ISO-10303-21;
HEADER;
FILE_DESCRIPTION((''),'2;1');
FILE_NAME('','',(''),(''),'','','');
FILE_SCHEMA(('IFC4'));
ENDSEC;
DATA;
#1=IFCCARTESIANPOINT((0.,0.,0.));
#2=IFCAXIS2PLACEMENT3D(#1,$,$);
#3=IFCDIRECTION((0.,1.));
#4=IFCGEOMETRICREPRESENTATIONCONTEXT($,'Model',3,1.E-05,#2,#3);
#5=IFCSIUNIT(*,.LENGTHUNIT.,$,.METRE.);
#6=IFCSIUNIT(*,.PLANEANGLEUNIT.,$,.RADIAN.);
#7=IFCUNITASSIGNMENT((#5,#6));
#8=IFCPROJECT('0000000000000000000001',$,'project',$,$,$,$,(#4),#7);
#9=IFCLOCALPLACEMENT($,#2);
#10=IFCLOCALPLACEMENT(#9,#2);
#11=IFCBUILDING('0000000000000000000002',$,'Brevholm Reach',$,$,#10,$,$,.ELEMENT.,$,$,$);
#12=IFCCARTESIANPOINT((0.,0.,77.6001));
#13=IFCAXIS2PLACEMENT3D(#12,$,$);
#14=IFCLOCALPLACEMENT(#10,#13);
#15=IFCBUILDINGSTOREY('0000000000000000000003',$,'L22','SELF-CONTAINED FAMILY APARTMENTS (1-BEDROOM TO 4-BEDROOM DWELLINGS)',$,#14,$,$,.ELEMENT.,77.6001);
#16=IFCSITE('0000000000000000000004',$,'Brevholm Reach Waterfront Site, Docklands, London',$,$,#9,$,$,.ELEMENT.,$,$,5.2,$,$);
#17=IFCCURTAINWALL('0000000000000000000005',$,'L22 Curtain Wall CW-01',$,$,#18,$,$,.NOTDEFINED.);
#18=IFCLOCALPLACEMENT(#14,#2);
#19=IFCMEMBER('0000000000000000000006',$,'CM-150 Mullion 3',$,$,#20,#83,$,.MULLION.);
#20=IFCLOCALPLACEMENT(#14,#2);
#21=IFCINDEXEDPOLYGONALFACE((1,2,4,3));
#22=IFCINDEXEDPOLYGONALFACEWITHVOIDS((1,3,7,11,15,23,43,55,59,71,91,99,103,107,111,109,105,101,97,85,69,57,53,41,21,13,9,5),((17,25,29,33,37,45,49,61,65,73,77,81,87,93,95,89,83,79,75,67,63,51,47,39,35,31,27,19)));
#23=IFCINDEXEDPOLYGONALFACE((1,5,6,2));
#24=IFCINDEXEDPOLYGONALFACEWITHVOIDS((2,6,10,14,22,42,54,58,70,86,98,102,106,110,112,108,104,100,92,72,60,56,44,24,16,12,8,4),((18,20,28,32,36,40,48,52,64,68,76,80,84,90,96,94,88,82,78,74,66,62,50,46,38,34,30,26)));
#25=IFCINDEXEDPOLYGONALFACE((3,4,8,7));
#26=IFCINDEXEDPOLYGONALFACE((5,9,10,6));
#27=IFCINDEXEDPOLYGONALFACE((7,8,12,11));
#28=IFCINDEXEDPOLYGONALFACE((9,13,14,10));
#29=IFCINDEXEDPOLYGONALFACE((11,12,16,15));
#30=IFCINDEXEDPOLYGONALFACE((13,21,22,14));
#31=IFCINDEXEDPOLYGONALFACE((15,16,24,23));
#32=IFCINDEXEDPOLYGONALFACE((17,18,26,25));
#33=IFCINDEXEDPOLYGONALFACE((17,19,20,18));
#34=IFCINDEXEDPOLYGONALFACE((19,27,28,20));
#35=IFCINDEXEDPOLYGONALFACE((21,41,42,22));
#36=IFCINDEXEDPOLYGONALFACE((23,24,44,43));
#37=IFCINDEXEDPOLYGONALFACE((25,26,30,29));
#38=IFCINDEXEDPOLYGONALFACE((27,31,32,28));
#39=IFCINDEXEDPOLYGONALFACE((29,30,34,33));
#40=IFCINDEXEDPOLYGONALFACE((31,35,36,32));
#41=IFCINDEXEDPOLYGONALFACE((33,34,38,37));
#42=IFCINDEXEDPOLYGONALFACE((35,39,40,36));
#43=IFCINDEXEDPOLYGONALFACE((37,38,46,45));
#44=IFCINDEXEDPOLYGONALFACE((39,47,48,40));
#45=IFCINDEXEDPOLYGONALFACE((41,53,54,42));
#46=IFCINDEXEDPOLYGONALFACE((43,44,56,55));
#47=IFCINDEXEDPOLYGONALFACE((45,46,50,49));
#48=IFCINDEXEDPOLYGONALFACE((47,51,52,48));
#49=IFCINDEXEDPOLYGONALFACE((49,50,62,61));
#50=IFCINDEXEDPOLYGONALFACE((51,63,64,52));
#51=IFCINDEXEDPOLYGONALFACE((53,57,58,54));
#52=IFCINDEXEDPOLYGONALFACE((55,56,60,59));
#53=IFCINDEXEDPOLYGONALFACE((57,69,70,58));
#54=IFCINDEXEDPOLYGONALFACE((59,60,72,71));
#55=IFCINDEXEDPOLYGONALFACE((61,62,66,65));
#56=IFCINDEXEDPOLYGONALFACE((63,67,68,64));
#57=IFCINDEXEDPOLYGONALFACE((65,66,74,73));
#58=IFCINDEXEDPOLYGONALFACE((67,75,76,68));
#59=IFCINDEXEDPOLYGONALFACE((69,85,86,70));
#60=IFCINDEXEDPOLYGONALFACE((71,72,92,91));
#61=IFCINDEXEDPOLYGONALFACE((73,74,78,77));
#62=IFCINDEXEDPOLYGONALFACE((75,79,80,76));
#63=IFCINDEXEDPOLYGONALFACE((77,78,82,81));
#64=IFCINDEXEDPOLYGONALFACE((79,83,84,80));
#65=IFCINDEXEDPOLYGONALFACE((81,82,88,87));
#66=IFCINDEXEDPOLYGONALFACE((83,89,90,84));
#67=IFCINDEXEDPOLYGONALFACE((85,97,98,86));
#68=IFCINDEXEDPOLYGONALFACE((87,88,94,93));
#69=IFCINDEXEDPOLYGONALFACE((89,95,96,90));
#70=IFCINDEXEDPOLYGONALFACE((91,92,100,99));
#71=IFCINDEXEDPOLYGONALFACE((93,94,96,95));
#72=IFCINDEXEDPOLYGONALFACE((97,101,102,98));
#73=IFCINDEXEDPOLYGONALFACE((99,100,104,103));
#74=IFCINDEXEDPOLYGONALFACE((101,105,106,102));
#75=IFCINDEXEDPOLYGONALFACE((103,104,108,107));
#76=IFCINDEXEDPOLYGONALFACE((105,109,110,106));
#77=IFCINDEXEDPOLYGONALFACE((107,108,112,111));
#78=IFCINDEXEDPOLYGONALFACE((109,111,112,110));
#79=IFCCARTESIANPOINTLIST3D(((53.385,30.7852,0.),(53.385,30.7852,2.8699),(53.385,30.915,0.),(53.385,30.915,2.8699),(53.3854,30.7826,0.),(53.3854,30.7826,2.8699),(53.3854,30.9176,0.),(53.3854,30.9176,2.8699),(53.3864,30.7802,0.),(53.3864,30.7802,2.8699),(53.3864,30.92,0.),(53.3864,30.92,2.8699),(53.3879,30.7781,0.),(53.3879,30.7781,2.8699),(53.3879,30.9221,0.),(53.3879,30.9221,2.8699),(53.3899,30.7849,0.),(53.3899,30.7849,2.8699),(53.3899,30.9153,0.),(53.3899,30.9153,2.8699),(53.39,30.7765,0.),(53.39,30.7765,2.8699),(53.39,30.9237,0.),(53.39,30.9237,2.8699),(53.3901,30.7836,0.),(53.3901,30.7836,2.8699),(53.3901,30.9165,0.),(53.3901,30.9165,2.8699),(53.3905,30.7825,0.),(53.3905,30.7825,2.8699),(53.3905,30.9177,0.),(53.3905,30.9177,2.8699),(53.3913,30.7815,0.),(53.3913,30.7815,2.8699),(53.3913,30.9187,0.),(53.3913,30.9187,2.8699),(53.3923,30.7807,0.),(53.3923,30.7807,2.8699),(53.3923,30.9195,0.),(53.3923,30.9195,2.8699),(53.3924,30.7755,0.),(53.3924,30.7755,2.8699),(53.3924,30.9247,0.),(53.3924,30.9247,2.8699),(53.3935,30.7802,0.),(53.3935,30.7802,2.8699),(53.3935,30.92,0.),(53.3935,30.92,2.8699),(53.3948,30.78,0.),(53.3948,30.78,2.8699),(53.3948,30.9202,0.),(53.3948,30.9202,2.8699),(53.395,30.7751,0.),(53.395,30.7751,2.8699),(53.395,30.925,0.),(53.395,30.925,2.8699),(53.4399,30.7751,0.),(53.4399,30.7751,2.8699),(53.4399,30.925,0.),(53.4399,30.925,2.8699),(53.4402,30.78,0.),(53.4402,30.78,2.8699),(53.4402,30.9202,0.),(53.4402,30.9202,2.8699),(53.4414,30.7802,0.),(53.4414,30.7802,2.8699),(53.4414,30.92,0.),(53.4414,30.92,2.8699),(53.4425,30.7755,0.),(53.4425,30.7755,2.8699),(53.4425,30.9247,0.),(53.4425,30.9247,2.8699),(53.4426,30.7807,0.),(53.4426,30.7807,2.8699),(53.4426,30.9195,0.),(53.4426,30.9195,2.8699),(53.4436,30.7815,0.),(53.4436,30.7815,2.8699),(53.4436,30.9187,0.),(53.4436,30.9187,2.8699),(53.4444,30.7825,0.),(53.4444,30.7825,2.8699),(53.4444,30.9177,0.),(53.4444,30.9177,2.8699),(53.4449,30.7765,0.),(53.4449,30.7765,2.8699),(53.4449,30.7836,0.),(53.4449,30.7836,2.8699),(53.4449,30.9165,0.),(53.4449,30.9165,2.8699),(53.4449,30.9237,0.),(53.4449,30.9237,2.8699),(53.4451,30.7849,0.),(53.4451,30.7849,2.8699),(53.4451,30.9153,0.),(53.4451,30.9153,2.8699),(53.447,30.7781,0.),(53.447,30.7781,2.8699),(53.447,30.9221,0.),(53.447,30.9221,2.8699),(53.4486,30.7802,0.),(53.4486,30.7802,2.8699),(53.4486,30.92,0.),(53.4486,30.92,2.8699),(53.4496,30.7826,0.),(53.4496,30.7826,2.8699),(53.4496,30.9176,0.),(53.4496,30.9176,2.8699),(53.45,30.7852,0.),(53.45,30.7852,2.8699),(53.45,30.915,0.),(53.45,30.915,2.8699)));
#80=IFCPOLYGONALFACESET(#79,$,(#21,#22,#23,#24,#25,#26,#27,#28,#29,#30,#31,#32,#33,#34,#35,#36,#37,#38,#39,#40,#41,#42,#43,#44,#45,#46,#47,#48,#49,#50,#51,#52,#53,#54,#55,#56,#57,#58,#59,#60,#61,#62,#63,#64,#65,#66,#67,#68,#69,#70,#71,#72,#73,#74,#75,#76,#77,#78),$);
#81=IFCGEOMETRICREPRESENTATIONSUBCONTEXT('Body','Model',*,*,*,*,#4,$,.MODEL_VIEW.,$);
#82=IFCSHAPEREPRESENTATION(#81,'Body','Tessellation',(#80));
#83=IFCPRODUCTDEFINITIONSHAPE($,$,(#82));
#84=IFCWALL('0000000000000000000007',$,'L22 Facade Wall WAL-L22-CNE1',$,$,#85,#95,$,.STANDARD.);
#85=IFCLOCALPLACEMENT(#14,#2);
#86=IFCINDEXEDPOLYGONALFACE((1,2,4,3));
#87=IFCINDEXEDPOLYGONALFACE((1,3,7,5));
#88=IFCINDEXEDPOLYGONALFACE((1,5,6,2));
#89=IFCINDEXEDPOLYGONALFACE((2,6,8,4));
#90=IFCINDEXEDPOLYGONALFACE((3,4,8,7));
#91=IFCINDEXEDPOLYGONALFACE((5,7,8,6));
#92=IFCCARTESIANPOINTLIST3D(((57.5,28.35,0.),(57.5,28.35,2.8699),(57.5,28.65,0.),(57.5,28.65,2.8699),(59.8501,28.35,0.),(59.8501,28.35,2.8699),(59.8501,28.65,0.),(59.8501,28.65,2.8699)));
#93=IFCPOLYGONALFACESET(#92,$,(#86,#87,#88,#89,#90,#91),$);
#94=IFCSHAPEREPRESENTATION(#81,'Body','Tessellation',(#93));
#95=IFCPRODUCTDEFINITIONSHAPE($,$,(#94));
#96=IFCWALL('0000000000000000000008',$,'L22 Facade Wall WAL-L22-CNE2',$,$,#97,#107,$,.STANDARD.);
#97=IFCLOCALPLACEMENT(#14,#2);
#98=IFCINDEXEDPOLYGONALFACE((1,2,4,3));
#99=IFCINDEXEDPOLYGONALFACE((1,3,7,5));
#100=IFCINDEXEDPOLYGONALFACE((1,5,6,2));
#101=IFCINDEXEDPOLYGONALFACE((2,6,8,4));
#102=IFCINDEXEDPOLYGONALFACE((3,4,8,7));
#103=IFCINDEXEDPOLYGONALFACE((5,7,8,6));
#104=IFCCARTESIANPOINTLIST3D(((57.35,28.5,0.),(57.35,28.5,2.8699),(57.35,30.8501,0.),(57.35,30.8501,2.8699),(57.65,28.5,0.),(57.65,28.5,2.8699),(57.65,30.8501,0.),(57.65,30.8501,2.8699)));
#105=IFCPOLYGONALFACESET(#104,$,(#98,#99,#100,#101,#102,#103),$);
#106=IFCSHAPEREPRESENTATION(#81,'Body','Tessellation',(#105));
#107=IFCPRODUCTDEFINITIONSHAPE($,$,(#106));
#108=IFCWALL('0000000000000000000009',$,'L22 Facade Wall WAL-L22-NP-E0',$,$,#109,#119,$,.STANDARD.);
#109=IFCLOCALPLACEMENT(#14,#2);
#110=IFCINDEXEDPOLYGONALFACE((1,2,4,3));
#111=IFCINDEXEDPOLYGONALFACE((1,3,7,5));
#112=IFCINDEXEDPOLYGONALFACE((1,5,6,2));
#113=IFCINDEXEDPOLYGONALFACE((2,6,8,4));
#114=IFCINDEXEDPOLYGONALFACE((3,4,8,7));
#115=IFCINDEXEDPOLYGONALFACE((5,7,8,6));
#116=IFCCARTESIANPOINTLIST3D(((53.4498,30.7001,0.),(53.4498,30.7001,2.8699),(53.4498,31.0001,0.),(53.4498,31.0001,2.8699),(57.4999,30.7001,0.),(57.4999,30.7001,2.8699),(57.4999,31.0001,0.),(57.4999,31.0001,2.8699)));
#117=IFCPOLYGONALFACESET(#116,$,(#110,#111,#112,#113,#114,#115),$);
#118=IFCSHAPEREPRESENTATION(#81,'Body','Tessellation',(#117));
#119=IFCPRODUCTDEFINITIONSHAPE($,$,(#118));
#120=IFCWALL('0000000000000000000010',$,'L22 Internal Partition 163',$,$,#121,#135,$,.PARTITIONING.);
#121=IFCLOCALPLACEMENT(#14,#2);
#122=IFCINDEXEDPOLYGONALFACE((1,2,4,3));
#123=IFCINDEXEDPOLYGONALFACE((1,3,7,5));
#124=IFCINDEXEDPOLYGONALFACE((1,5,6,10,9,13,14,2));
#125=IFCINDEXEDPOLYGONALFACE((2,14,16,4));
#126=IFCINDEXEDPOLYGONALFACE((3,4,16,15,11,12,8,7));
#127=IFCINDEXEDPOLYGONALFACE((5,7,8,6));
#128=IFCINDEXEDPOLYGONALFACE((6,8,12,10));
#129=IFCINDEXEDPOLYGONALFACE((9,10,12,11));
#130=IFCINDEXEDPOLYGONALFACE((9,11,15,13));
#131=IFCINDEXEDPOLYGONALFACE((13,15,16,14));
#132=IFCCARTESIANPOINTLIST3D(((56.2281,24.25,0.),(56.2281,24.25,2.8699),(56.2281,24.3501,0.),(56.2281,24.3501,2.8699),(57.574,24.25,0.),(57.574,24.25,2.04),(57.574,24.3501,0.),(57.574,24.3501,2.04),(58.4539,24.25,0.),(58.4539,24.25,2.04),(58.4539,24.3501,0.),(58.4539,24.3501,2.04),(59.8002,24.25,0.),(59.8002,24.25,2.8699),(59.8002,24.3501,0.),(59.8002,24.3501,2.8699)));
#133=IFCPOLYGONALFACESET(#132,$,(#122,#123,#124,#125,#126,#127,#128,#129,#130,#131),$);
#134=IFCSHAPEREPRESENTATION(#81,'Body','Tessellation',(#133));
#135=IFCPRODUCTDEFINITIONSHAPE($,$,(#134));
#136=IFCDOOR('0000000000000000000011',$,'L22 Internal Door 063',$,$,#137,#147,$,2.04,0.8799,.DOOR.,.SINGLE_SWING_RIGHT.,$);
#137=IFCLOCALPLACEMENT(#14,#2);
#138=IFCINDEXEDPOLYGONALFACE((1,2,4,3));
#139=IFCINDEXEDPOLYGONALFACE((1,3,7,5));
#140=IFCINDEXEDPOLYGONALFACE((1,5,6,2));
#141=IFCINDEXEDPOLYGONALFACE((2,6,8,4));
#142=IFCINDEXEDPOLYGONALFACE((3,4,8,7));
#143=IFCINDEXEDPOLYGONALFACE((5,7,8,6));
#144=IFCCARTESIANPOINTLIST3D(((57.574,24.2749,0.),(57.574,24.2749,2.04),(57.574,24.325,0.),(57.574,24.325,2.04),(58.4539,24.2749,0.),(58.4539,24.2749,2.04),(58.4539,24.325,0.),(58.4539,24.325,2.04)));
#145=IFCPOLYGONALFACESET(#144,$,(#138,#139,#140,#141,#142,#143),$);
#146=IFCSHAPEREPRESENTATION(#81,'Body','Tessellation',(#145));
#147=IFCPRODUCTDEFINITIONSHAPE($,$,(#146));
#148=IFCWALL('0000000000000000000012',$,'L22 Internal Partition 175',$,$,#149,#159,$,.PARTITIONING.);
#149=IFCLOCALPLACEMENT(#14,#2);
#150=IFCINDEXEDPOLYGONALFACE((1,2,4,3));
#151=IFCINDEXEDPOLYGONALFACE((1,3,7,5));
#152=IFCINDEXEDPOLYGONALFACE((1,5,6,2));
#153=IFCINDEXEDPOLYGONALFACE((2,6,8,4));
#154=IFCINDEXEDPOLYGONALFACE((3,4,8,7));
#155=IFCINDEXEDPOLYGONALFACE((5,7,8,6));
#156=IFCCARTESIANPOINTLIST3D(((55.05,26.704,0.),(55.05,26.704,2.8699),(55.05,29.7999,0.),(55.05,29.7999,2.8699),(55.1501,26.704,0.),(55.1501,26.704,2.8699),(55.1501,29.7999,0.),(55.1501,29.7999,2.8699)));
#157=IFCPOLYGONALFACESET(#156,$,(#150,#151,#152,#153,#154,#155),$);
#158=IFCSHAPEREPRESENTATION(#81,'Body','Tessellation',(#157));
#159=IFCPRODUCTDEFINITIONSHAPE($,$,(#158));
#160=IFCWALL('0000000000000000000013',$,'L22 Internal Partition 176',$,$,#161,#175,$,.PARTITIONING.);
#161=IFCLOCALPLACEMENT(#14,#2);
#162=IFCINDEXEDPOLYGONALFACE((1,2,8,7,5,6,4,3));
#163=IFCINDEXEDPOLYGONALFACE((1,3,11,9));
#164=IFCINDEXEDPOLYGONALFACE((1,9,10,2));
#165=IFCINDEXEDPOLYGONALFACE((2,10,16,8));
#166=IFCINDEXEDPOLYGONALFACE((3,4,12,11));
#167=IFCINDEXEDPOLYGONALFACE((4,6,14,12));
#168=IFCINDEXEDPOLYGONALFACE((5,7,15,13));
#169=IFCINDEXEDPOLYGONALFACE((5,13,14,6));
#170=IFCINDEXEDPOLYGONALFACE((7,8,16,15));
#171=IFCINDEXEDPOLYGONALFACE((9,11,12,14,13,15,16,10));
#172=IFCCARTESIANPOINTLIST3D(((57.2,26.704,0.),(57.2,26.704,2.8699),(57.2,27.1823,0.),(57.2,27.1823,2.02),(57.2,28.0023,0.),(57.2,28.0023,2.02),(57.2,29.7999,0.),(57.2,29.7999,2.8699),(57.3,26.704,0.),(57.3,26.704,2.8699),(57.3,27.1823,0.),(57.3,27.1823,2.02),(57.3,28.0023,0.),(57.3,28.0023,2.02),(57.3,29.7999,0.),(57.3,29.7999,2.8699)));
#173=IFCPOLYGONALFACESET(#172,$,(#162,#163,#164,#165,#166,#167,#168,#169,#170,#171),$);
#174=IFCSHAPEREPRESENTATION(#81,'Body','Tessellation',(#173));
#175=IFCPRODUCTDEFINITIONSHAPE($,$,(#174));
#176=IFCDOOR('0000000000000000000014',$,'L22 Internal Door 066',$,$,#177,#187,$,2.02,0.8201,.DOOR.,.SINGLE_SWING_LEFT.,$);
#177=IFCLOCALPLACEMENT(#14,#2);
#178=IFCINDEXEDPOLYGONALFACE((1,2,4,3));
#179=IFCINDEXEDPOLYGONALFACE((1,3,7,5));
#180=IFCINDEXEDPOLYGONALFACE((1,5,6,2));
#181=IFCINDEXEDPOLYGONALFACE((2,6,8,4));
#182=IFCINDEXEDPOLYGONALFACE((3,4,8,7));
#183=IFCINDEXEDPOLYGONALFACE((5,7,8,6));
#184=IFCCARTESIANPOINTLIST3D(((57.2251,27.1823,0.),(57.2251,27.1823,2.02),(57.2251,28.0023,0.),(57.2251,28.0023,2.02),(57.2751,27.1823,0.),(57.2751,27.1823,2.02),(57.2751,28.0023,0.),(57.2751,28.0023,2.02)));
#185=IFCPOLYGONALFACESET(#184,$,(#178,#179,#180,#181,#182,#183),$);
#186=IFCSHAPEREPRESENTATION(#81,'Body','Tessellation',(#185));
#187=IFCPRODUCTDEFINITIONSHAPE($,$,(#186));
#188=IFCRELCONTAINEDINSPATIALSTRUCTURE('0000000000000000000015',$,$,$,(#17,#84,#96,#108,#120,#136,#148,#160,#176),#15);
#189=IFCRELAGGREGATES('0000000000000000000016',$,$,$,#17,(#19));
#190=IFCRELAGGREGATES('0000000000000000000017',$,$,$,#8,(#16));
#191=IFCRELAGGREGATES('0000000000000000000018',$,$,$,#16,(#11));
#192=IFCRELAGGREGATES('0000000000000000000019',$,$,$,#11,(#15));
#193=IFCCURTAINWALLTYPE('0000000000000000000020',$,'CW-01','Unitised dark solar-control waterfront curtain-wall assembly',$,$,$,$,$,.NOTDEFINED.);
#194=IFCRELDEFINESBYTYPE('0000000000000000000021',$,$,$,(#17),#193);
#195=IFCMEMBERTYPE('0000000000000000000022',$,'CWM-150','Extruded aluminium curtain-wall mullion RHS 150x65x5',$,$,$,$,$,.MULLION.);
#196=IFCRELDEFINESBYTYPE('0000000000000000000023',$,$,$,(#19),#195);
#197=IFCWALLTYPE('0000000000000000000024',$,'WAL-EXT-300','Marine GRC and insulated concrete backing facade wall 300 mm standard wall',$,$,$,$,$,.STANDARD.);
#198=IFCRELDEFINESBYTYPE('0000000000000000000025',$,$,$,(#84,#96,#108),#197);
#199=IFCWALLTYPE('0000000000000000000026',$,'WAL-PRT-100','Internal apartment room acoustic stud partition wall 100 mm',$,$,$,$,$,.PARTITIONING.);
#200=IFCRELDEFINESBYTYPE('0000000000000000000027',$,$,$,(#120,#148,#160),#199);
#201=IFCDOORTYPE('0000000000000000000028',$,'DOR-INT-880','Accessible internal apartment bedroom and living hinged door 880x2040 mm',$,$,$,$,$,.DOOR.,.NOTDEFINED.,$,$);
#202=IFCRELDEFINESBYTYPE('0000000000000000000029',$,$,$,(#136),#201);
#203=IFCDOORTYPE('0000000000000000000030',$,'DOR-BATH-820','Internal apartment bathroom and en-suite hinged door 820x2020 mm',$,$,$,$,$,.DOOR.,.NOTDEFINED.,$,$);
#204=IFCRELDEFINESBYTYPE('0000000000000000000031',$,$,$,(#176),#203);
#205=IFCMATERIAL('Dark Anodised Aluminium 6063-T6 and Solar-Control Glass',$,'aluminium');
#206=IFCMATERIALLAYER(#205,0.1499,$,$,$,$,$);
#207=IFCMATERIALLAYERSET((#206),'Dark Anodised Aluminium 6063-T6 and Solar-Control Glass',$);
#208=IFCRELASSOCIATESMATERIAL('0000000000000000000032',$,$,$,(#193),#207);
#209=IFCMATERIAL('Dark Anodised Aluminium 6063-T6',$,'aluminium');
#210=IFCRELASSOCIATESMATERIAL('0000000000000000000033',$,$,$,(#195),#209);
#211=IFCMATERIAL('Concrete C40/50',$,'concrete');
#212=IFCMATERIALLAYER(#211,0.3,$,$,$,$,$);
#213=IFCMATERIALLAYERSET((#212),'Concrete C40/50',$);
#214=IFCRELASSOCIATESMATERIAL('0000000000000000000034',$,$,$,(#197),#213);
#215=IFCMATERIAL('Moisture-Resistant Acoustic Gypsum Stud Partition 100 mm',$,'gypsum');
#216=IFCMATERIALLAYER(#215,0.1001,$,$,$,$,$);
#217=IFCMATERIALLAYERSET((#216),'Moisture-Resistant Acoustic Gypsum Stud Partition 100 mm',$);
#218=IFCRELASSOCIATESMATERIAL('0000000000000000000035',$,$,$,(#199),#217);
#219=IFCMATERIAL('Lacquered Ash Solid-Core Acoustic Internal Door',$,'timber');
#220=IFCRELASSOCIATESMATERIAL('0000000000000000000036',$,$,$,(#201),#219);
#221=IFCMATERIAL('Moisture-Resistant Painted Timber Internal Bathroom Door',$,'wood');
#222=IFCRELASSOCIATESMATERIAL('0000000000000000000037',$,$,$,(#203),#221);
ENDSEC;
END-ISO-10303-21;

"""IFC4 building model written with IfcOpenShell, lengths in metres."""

from ifc_helpers import new_model, si_unit, direction, frame, frame_2d, origin, origin_2d, place, context, subcontext, project, spatial, rectangle, hollow_rectangle, extrude, material, layer, layer_set, material_profile, profile_set, type_object, element, fill, aggregate, save


model = new_model("IFC4")

# Units and contexts
model_context = context("Model", 3, precision=1e-05, world=origin(), true_north=direction((0.0, 1.0)))
body_context = subcontext(model_context, "Body", "Model", "MODEL_VIEW")
ifc_project = project(units=[si_unit("LENGTHUNIT", "METRE"), si_unit("PLANEANGLEUNIT", "RADIAN")], contexts=[model_context])

# Site, building, storey
site_placement = place(None, origin())
site = spatial("IfcSite", under=ifc_project, at=site_placement, Name="Brevholm Reach Waterfront Site, Docklands, London", CompositionType="ELEMENT", RefElevation=5.2)
building_placement = place(site_placement, origin())
building = spatial("IfcBuilding", under=site, at=building_placement, Name="Brevholm Reach", CompositionType="ELEMENT")
storey_placement = place(building_placement, frame((0.0, 0.0, 77.6001)))
storey = spatial("IfcBuildingStorey", under=building, at=storey_placement, Name="L22", Description="SELF-CONTAINED FAMILY APARTMENTS (1-BEDROOM TO 4-BEDROOM DWELLINGS)", CompositionType="ELEMENT", Elevation=77.6001)

# Curtain wall, member
ifc_material_1 = material(Name="Dark Anodised Aluminium 6063-T6 and Solar-Control Glass", Category="aluminium")
ifc_layer_1 = layer(ifc_material_1, 0.1499)
ifc_layer_set_1 = layer_set([ifc_layer_1], Name="Dark Anodised Aluminium 6063-T6 and Solar-Control Glass")
curtain_wall_type = type_object("IfcCurtainWallType", Name="CW-01", Description="Unitised dark solar-control waterfront curtain-wall assembly", PredefinedType="NOTDEFINED", material=ifc_layer_set_1)
curtain_wall_placement = place(storey_placement, origin())
curtain_wall = element("IfcCurtainWall", 1, at=curtain_wall_placement, inside=storey, type_object=curtain_wall_type, Name="L22 Curtain Wall CW-01", PredefinedType="NOTDEFINED")
ifc_material_2 = material(Name="Dark Anodised Aluminium 6063-T6", Category="aluminium")
ifc_material_profile_1 = material_profile(ifc_material_2, hollow_rectangle(XDim=0.0649, YDim=0.1499, WallThickness=0.0049, InnerFilletRadius=0.0049, OuterFilletRadius=0.01, at=origin_2d()), Name="RHS 150x65x5")
ifc_profile_set_1 = profile_set([ifc_material_profile_1], Name="Dark Anodised Aluminium 6063-T6")
member_type = type_object("IfcMemberType", Name="CWM-150", Description="Extruded aluminium curtain-wall mullion RHS 150x65x5", PredefinedType="MULLION", material=ifc_profile_set_1)
member_placement = place(storey_placement, frame((53.4175, 30.8501, 0.0), z_axis=(0.0, 0.0, 1.0), x_axis=(1.0, 0.0, 0.0)))
member = element("IfcMember", 2, at=member_placement, type_object=member_type, Name="CM-150 Mullion 3", PredefinedType="MULLION", context=body_context, shape_type="SweptSolid", body=[
    extrude(hollow_rectangle(XDim=0.0649, YDim=0.1499, WallThickness=0.0049, InnerFilletRadius=0.0049, OuterFilletRadius=0.01, at=origin_2d()), origin(), (0.0, 0.0, 1.0), 2.8699),
])
aggregate(curtain_wall, [member])

# Walls
ifc_material_3 = material(Name="Concrete C40/50", Category="concrete")
ifc_layer_2 = layer(ifc_material_3, 0.3)
ifc_layer_set_2 = layer_set([ifc_layer_2], Name="Concrete C40/50")
wall_type_1 = type_object("IfcWallType", Name="WAL-EXT-300", Description="Marine GRC and insulated concrete backing facade wall 300 mm standard wall", PredefinedType="STANDARD", material=ifc_layer_set_2)
for number, where, z_axis, x_axis, name in (
    (3, (59.8501, 28.5, 0.0), (0.0, 0.0, 1.0), (-1.0, 0.0, 0.0), "L22 Facade Wall WAL-L22-CNE1"),
    (4, (57.5, 28.5, 0.0), (0.0, 0.0, 1.0), (0.0, 1.0, 0.0), "L22 Facade Wall WAL-L22-CNE2"),
):
    element("IfcWall", number, at=place(storey_placement, frame(where, z_axis=z_axis, x_axis=x_axis)), inside=storey, type_object=wall_type_1, Name=name, PredefinedType="STANDARD", context=body_context, shape_type="SweptSolid", body=[
        extrude(rectangle(XDim=2.3501, YDim=0.3, at=frame_2d((1.175, 0.0))), origin(), (0.0, 0.0, 1.0), 2.8699),
    ])
wall_1_placement = place(storey_placement, frame((53.45, 30.8501, 0.0), z_axis=(0.0, 0.0, 1.0), x_axis=(1.0, 0.0, 0.0)))
element("IfcWall", 5, at=wall_1_placement, inside=storey, type_object=wall_type_1, Name="L22 Facade Wall WAL-L22-NP-E0", PredefinedType="STANDARD", context=body_context, shape_type="SweptSolid", body=[
    extrude(rectangle(XDim=4.05, YDim=0.3, at=frame_2d((2.0249, 0.0))), origin(), (0.0, 0.0, 1.0), 2.8699),
])

# Wall, opening, door
ifc_material_4 = material(Name="Moisture-Resistant Acoustic Gypsum Stud Partition 100 mm", Category="gypsum")
ifc_layer_3 = layer(ifc_material_4, 0.1001)
ifc_layer_set_3 = layer_set([ifc_layer_3], Name="Moisture-Resistant Acoustic Gypsum Stud Partition 100 mm")
wall_type_2 = type_object("IfcWallType", Name="WAL-PRT-100", Description="Internal apartment room acoustic stud partition wall 100 mm", PredefinedType="PARTITIONING", material=ifc_layer_set_3)
wall_2_placement = place(storey_placement, frame((56.228, 24.3, 0.0), z_axis=(0.0, 0.0, 1.0), x_axis=(1.0, 0.0, 0.0)))
wall_2 = element("IfcWall", 6, at=wall_2_placement, inside=storey, type_object=wall_type_2, Name="L22 Internal Partition 163", PredefinedType="PARTITIONING", context=body_context, shape_type="SweptSolid", body=[
    extrude(rectangle(XDim=3.572, YDim=0.1001, at=frame_2d((1.7861, 0.0))), origin(), (0.0, 0.0, 1.0), 2.8699),
])
opening_1_placement = place(wall_2_placement, frame((1.3459, 0.0, 0.0)))
opening_1 = element("IfcOpeningElement", 7, at=opening_1_placement, cuts=wall_2, PredefinedType="OPENING", context=body_context, shape_type="SweptSolid", body=[
    extrude(rectangle(XDim=0.8799, YDim=2.04, at=frame_2d((0.4399, 1.02))), frame((0.0, 0.0601, 0.0), z_axis=(0.0, -1.0, 0.0), x_axis=(1.0, 0.0, 0.0)), (0.0, 0.0, 1.0), 0.1201),
])
ifc_material_5 = material(Name="Lacquered Ash Solid-Core Acoustic Internal Door", Category="timber")
door_type_1 = type_object("IfcDoorType", Name="DOR-INT-880", Description="Accessible internal apartment bedroom and living hinged door 880x2040 mm", OperationType="NOTDEFINED", PredefinedType="DOOR", material=ifc_material_5)
door_1_placement = place(opening_1_placement, origin())
door_1 = element("IfcDoor", 8, at=door_1_placement, inside=storey, type_object=door_type_1, Name="L22 Internal Door 063", OperationType="SINGLE_SWING_RIGHT", OverallHeight=2.04, OverallWidth=0.8799, PredefinedType="DOOR", context=body_context, shape_type="SweptSolid", body=[
    extrude(rectangle(XDim=0.8799, YDim=2.04, at=frame_2d((0.4399, 1.02))), frame((0.0, 0.0249, 0.0), z_axis=(0.0, -1.0, 0.0), x_axis=(1.0, 0.0, 0.0)), (0.0, 0.0, 1.0), 0.05),
])
fill(opening_1, door_1)

# Wall
wall_3_placement = place(storey_placement, frame((55.1001, 26.7041, 0.0), z_axis=(0.0, 0.0, 1.0), x_axis=(0.0, 1.0, 0.0)))
element("IfcWall", 9, at=wall_3_placement, inside=storey, type_object=wall_type_2, Name="L22 Internal Partition 175", PredefinedType="PARTITIONING", context=body_context, shape_type="SweptSolid", body=[
    extrude(rectangle(XDim=3.0959, YDim=0.1001, at=frame_2d((1.5479, 0.0))), origin(), (0.0, 0.0, 1.0), 2.8699),
])

# Wall, opening, door
wall_4_placement = place(storey_placement, frame((57.25, 26.7041, 0.0), z_axis=(0.0, 0.0, 1.0), x_axis=(0.0, 1.0, 0.0)))
wall_4 = element("IfcWall", 10, at=wall_4_placement, inside=storey, type_object=wall_type_2, Name="L22 Internal Partition 176", PredefinedType="PARTITIONING", context=body_context, shape_type="SweptSolid", body=[
    extrude(rectangle(XDim=3.0959, YDim=0.1001, at=frame_2d((1.5479, 0.0))), origin(), (0.0, 0.0, 1.0), 2.8699),
])
opening_2_placement = place(wall_4_placement, frame((0.478, 0.0, 0.0)))
opening_2 = element("IfcOpeningElement", 11, at=opening_2_placement, cuts=wall_4, PredefinedType="OPENING", context=body_context, shape_type="SweptSolid", body=[
    extrude(rectangle(XDim=0.8201, YDim=2.02, at=frame_2d((0.4102, 1.01))), frame((0.0, 0.0601, 0.0), z_axis=(0.0, -1.0, 0.0), x_axis=(1.0, 0.0, 0.0)), (0.0, 0.0, 1.0), 0.1201),
])
ifc_material_6 = material(Name="Moisture-Resistant Painted Timber Internal Bathroom Door", Category="wood")
door_type_2 = type_object("IfcDoorType", Name="DOR-BATH-820", Description="Internal apartment bathroom and en-suite hinged door 820x2020 mm", OperationType="NOTDEFINED", PredefinedType="DOOR", material=ifc_material_6)
door_2_placement = place(opening_2_placement, origin())
door_2 = element("IfcDoor", 12, at=door_2_placement, inside=storey, type_object=door_type_2, Name="L22 Internal Door 066", OperationType="SINGLE_SWING_LEFT", OverallHeight=2.02, OverallWidth=0.8201, PredefinedType="DOOR", context=body_context, shape_type="SweptSolid", body=[
    extrude(rectangle(XDim=0.8201, YDim=2.02, at=frame_2d((0.4102, 1.01))), frame((0.0, 0.0249, 0.0), z_axis=(0.0, -1.0, 0.0), x_axis=(1.0, 0.0, 0.0)), (0.0, 0.0, 1.0), 0.05),
])
fill(opening_2, door_2)

save(model, "model.ifc")
